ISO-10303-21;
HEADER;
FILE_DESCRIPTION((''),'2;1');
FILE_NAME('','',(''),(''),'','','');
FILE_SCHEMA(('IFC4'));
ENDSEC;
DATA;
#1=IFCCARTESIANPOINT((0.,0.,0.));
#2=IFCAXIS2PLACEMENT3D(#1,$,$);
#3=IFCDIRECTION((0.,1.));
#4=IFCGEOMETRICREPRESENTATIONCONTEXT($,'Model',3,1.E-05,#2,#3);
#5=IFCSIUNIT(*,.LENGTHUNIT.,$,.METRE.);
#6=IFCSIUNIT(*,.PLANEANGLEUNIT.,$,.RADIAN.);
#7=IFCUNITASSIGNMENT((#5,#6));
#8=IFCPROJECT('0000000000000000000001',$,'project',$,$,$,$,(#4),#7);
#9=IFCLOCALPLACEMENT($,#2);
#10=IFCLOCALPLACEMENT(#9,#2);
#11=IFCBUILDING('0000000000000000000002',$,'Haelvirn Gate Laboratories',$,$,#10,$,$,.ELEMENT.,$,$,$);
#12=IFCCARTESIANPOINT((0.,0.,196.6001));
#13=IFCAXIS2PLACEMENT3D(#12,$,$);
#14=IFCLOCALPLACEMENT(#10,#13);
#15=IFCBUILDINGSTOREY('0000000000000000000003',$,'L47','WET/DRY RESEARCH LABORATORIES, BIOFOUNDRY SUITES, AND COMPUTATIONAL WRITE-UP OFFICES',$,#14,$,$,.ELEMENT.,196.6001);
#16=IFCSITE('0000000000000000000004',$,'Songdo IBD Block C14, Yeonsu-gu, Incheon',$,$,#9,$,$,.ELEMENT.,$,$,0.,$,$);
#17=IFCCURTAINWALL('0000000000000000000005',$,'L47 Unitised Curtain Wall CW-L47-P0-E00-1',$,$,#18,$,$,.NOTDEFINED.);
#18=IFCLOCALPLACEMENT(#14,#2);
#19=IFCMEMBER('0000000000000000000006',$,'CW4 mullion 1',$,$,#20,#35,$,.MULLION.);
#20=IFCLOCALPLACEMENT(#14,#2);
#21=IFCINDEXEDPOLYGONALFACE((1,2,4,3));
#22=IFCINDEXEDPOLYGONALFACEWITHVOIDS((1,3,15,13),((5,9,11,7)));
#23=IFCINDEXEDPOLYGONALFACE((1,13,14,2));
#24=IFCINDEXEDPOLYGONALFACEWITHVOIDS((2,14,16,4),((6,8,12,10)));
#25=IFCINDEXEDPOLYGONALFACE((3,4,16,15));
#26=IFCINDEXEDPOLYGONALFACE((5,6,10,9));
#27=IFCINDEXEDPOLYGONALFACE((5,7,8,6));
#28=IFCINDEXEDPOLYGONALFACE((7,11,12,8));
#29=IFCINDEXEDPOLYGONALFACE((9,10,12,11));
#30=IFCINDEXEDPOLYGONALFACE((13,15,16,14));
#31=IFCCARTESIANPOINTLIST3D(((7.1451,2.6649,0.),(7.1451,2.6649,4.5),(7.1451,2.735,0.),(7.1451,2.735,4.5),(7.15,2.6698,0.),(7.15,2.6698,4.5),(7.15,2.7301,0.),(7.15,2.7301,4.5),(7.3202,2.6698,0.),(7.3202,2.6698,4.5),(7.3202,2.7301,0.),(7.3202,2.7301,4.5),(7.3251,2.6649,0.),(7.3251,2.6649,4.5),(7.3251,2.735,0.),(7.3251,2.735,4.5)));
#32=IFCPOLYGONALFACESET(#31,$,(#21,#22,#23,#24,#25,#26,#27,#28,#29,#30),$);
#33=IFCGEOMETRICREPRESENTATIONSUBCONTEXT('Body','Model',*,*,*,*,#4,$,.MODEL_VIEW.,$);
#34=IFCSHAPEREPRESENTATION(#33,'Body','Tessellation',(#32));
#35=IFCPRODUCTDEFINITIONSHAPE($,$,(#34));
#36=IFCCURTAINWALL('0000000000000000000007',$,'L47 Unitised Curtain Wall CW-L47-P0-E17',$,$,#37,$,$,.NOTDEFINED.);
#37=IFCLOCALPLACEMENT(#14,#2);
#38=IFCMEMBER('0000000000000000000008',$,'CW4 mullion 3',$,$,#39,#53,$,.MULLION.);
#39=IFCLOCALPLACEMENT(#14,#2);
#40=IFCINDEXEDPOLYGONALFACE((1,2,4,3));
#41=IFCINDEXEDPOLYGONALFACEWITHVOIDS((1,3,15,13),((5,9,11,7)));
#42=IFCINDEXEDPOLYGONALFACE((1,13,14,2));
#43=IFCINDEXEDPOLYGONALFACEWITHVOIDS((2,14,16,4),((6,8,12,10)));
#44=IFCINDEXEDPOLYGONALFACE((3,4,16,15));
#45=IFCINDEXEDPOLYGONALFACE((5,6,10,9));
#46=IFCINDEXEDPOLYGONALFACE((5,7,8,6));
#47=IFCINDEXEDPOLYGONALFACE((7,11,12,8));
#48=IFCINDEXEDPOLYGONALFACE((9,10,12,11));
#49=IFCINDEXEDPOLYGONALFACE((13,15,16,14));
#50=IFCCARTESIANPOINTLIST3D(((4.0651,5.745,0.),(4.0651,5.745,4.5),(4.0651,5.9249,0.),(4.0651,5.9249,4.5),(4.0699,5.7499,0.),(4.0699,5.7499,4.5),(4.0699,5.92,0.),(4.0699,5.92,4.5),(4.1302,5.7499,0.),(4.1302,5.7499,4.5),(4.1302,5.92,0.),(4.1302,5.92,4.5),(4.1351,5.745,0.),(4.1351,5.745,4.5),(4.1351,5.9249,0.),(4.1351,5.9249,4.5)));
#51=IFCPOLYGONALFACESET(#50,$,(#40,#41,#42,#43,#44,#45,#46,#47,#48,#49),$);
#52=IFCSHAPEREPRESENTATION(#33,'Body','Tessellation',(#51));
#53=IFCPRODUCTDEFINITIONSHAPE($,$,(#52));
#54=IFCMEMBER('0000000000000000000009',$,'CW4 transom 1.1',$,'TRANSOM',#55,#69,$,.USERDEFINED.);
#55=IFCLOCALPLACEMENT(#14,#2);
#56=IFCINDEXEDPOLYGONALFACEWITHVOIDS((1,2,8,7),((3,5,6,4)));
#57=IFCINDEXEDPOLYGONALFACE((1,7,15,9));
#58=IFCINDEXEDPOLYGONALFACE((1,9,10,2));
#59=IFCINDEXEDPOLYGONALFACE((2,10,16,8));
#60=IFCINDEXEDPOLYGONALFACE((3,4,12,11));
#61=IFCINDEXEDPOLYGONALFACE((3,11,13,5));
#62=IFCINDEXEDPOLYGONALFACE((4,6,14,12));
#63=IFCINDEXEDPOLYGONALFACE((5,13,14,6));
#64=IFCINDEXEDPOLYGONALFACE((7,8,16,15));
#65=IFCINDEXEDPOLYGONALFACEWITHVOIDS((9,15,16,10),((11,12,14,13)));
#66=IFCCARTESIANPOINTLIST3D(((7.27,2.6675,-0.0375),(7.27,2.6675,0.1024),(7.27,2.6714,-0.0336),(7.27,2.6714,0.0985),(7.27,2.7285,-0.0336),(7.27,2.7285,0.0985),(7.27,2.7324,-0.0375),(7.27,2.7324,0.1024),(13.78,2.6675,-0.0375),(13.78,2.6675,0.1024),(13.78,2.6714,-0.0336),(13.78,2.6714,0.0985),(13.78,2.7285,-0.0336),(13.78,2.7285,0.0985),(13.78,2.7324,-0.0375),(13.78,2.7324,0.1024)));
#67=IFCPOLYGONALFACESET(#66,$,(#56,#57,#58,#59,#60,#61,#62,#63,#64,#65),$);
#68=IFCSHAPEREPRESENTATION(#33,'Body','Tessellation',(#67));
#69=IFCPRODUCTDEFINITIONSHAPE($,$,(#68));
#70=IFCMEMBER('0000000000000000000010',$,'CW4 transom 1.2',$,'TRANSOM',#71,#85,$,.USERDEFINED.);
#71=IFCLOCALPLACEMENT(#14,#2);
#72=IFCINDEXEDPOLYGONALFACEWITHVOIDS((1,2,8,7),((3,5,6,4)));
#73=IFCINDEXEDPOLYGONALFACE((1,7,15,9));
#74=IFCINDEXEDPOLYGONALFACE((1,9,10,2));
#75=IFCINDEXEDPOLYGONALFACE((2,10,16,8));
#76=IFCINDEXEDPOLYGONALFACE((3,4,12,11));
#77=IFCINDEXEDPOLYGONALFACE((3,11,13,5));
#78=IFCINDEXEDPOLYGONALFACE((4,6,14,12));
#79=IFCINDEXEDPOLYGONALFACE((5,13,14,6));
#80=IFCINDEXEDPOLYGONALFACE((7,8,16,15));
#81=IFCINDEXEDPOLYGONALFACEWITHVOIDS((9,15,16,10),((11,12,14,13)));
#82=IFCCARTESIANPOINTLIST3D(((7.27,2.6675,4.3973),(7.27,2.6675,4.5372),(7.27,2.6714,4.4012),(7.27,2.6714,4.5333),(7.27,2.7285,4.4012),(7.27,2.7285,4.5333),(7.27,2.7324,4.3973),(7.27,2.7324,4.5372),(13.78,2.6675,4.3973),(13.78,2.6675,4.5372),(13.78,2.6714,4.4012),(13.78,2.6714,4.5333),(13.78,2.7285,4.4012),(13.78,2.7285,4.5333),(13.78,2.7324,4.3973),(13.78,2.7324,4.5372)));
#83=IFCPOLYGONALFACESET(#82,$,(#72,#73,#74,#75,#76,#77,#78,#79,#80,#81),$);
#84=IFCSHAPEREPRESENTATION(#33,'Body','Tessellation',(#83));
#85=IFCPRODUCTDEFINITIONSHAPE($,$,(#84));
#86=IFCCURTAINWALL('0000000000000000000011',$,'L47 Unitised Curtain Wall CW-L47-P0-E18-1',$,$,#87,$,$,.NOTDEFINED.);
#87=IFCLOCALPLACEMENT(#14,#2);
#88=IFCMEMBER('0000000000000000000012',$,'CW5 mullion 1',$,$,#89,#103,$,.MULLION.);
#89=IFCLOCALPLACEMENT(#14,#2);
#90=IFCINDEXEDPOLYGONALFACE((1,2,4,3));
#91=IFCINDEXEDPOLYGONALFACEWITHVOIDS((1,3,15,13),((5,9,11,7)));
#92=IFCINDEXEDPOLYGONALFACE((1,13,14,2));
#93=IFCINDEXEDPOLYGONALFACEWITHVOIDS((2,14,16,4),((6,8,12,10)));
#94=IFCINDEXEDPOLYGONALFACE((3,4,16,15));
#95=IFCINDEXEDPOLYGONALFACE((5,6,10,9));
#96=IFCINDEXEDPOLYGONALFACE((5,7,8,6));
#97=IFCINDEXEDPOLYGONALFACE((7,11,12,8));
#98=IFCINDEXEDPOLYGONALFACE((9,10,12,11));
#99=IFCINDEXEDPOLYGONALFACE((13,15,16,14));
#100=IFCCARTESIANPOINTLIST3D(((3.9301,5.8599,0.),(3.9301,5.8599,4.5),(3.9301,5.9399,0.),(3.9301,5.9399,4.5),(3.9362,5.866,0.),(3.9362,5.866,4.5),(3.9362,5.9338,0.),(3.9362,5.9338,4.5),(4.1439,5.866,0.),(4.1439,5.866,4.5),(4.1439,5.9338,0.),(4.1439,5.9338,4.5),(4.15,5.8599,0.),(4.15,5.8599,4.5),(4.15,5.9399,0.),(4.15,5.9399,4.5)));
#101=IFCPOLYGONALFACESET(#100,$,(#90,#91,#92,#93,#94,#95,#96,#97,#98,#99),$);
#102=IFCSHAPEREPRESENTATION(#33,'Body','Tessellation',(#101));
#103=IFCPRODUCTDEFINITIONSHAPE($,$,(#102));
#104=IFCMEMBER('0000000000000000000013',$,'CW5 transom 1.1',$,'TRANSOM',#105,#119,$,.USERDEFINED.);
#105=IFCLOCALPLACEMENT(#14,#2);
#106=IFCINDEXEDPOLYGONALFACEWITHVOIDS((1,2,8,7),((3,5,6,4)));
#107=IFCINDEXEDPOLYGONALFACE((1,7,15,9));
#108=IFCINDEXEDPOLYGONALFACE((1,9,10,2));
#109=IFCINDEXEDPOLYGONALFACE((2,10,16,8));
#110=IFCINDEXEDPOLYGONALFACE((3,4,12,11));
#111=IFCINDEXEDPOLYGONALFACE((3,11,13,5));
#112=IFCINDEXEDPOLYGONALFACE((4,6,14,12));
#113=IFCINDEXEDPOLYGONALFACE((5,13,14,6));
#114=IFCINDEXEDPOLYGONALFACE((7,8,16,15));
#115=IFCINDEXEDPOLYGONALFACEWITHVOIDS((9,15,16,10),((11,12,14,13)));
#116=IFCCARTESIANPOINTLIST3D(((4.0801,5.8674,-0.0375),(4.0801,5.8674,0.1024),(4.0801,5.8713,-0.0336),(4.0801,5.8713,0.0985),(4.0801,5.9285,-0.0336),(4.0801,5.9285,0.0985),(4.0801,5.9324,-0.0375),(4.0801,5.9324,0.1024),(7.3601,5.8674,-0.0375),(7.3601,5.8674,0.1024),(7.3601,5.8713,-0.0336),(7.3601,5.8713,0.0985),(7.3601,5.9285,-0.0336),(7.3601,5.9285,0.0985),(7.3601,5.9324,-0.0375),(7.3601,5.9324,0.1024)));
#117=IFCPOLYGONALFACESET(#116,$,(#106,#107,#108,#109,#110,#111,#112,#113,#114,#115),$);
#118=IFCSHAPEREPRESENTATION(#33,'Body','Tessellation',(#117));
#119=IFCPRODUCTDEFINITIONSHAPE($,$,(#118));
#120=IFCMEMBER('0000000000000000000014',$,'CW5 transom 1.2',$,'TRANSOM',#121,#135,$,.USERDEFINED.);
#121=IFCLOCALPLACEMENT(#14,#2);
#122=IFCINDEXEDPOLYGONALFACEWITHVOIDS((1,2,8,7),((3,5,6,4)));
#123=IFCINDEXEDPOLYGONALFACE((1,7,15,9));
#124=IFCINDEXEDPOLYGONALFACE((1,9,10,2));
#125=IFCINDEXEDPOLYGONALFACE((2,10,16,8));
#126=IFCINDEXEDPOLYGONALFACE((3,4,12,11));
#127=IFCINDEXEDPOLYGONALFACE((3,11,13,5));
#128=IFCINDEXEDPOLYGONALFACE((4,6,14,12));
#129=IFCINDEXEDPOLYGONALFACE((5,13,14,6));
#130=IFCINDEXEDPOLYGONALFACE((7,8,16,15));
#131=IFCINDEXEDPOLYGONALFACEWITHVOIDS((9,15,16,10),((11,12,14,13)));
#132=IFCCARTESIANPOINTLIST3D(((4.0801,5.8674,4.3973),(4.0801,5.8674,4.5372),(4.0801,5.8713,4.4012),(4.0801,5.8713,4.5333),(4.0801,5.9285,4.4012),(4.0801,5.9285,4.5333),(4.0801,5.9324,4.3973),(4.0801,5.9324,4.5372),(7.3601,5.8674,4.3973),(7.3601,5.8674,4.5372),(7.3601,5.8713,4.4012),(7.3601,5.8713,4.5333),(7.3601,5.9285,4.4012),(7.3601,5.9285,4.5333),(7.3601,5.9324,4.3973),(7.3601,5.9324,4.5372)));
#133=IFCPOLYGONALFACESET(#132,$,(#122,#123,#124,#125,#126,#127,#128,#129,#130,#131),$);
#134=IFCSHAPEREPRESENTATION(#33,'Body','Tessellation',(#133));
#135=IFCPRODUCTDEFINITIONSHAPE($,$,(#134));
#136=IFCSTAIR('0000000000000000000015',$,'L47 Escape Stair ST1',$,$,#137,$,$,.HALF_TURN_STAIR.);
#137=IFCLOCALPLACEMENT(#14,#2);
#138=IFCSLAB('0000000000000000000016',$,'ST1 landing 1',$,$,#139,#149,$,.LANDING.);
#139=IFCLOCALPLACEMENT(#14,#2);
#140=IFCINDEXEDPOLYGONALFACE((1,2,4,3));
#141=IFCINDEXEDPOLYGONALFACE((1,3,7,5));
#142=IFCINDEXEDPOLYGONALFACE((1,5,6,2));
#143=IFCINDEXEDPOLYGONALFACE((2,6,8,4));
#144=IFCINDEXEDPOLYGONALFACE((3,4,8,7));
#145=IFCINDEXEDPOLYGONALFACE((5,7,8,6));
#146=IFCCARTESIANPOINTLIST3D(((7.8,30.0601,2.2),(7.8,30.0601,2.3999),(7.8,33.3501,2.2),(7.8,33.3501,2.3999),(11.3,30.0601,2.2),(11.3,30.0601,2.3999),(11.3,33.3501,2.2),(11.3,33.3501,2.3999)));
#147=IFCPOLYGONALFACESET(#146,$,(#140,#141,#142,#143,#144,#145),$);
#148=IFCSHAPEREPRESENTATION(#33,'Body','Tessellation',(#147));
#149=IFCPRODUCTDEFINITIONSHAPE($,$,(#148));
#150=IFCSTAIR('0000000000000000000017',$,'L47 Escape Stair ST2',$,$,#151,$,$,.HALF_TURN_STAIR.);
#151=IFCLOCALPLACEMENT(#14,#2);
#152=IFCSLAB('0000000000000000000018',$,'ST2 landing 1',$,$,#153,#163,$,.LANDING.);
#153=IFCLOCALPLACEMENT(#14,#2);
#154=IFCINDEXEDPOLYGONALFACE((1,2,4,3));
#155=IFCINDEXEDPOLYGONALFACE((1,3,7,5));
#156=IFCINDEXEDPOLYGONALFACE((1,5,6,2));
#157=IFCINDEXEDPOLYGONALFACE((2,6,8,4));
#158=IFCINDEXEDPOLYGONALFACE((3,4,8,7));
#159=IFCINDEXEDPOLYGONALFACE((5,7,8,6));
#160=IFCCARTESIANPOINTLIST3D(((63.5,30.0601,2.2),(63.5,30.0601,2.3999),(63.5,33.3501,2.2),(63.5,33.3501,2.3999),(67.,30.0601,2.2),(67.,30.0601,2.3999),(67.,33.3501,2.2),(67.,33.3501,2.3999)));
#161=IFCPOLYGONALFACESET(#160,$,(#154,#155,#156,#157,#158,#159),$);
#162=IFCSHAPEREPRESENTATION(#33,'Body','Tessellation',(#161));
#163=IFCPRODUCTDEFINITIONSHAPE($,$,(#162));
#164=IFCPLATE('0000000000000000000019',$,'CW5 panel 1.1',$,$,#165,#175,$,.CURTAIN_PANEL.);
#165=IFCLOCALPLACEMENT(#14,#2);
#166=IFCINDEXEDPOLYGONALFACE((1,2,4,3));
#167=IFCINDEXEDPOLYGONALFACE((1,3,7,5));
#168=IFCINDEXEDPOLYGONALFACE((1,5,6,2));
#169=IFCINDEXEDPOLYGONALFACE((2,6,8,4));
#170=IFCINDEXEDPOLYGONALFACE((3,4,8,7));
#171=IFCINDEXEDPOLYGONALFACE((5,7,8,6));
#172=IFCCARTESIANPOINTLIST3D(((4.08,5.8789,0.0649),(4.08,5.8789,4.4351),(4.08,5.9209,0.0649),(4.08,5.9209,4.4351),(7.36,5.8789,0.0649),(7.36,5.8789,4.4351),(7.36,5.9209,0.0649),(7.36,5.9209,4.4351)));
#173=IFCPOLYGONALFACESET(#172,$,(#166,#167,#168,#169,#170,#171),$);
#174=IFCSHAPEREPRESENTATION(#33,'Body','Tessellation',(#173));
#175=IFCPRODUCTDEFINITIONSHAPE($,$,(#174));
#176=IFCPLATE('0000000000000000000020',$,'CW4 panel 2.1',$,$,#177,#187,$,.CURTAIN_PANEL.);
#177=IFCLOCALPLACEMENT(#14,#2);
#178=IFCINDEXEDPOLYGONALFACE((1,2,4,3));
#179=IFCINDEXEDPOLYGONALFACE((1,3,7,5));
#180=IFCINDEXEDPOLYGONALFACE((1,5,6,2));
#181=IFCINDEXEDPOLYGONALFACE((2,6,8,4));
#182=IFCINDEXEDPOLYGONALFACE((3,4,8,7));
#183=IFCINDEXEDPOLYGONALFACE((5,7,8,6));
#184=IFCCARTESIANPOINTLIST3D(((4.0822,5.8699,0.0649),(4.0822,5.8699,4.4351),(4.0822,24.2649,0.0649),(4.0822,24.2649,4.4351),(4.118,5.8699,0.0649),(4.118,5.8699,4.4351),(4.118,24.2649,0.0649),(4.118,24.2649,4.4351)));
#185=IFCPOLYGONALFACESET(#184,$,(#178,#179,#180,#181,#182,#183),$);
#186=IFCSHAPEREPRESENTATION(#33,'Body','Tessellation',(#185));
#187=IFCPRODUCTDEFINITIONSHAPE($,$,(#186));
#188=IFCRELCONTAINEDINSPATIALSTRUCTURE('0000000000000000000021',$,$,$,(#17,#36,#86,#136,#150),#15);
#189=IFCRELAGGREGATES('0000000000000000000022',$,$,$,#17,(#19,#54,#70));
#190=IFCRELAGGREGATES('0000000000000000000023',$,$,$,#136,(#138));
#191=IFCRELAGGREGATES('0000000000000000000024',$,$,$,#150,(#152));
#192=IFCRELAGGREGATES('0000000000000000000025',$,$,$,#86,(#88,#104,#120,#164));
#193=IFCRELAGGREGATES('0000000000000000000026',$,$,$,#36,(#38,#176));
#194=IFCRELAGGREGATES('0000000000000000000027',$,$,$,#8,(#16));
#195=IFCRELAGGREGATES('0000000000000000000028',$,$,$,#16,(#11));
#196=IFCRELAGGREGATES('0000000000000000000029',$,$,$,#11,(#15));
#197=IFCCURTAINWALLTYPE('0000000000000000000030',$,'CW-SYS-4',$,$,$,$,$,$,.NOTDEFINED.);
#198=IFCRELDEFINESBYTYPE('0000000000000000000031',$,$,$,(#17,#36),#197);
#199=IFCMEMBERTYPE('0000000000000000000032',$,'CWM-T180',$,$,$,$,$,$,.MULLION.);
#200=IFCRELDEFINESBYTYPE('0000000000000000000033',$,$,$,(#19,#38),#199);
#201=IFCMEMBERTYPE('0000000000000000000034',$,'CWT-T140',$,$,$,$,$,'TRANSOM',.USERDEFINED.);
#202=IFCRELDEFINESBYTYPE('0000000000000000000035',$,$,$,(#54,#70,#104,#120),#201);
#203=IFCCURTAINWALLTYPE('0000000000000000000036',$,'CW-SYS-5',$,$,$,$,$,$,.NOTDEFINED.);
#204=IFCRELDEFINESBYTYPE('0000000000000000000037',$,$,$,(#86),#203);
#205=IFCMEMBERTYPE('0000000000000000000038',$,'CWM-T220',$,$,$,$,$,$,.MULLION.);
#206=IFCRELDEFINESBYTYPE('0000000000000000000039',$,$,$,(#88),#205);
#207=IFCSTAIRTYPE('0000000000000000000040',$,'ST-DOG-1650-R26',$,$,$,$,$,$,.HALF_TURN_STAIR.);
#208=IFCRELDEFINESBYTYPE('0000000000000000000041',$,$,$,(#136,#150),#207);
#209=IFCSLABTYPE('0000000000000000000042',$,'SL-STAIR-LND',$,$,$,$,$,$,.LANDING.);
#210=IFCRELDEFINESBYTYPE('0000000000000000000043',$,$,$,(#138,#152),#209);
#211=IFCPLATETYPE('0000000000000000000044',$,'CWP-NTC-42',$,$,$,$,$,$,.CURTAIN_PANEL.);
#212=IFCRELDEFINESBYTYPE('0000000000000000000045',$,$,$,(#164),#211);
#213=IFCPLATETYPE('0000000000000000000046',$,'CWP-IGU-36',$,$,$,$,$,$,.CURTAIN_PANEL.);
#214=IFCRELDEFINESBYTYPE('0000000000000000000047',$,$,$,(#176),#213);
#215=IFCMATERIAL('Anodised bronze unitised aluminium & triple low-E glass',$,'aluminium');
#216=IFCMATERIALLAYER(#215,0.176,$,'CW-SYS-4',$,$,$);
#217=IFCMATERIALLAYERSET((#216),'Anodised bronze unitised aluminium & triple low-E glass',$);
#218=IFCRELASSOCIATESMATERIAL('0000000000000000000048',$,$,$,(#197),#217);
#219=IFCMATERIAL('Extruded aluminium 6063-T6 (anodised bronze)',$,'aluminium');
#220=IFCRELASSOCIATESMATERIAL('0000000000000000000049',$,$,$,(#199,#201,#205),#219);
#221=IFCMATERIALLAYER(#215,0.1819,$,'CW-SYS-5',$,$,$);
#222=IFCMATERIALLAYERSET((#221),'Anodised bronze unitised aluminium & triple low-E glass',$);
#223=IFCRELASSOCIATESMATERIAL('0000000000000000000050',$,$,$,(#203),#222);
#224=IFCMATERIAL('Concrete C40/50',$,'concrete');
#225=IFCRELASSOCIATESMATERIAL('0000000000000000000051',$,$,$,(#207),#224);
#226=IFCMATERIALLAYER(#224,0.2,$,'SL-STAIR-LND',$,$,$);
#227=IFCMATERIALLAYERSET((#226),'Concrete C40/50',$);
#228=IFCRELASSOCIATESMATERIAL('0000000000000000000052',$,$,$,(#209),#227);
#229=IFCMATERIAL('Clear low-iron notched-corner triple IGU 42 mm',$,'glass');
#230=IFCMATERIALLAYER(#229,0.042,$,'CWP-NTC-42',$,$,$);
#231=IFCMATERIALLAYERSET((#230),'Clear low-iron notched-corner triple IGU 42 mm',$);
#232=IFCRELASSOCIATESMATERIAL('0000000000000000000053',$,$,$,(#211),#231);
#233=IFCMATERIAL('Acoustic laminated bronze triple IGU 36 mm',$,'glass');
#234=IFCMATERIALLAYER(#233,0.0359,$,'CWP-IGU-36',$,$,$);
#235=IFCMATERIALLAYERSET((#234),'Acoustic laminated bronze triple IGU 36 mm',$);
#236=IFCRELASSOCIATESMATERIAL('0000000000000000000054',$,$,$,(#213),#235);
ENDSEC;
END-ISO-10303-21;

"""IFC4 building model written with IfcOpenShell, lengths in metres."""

from ifc_helpers import new_model, si_unit, direction, frame, origin, origin_2d, place, context, subcontext, project, spatial, polyline, rectangle, hollow_rectangle, outline, extrude, source, transform, mapped, material, layer, layer_set, material_profile, profile_set, type_object, type_shapes, element, aggregate, save


model = new_model("IFC4")

# Units and contexts
model_context = context("Model", 3, precision=1e-05, world=origin(), true_north=direction((0.0, 1.0)))
body_context = subcontext(model_context, "Body", "Model", "MODEL_VIEW")
ifc_project = project(units=[si_unit("LENGTHUNIT", "METRE"), si_unit("PLANEANGLEUNIT", "RADIAN")], contexts=[model_context])

# Site, building, storey
site_placement = place(None, origin())
site = spatial("IfcSite", under=ifc_project, at=site_placement, Name="Songdo IBD Block C14, Yeonsu-gu, Incheon", CompositionType="ELEMENT", RefElevation=0.0)
building_placement = place(site_placement, origin())
building = spatial("IfcBuilding", under=site, at=building_placement, Name="Haelvirn Gate Laboratories", CompositionType="ELEMENT")
storey_placement = place(building_placement, frame((0.0, 0.0, 196.6001)))
storey = spatial("IfcBuildingStorey", under=building, at=storey_placement, Name="L47", Description="WET/DRY RESEARCH LABORATORIES, BIOFOUNDRY SUITES, AND COMPUTATIONAL WRITE-UP OFFICES", CompositionType="ELEMENT", Elevation=196.6001)

# Curtain walls, members
ifc_material_1 = material(Name="Anodised bronze unitised aluminium & triple low-E glass", Category="aluminium")
ifc_layer_1 = layer(ifc_material_1, 0.176, Name="CW-SYS-4")
ifc_layer_set_1 = layer_set([ifc_layer_1], Name="Anodised bronze unitised aluminium & triple low-E glass")
curtain_wall_type_1 = type_object("IfcCurtainWallType", Name="CW-SYS-4", PredefinedType="NOTDEFINED", material=ifc_layer_set_1)
curtain_wall_1_placement = place(storey_placement, origin())
curtain_wall_1 = element("IfcCurtainWall", 1, at=curtain_wall_1_placement, inside=storey, type_object=curtain_wall_type_1, Name="L47 Unitised Curtain Wall CW-L47-P0-E00-1", PredefinedType="NOTDEFINED")
ifc_material_2 = material(Name="Extruded aluminium 6063-T6 (anodised bronze)", Category="aluminium")
ifc_material_profile_1 = material_profile(ifc_material_2, hollow_rectangle(XDim=0.0701, YDim=0.1799, WallThickness=0.0049, at=origin_2d()), Name="CWM-180x70x5")
ifc_profile_set_1 = profile_set([ifc_material_profile_1], Name="Extruded aluminium 6063-T6 (anodised bronze)")
member_type_1 = type_object("IfcMemberType", Name="CWM-T180", PredefinedType="MULLION", material=ifc_profile_set_1)
shared_shape_1 = source(origin(), body_context, "Body", "SweptSolid", [
    extrude(hollow_rectangle(XDim=0.0701, YDim=0.1799, WallThickness=0.0049, at=origin_2d()), origin(), (0.0, 0.0, 1.0), 4.5),
])
type_shapes(member_type_1, [shared_shape_1])
member_1_placement = place(storey_placement, frame((7.2351, 2.7, 0.0), z_axis=(0.0, 0.0, 1.0), x_axis=(0.0, 1.0, 0.0)))
member_1 = element("IfcMember", 2, at=member_1_placement, type_object=member_type_1, Name="CW4 mullion 1", PredefinedType="MULLION", context=body_context, shape_type="MappedRepresentation", body=[
    mapped(shared_shape_1, transform((0.0, 0.0, 0.0), scale=1.0)),
])
curtain_wall_2_placement = place(storey_placement, origin())
curtain_wall_2 = element("IfcCurtainWall", 3, at=curtain_wall_2_placement, inside=storey, type_object=curtain_wall_type_1, Name="L47 Unitised Curtain Wall CW-L47-P0-E17", PredefinedType="NOTDEFINED")
member_2_placement = place(storey_placement, frame((4.1001, 5.835, 0.0), z_axis=(0.0, 0.0, 1.0), x_axis=(1.0, 0.0, 0.0)))
member_2 = element("IfcMember", 4, at=member_2_placement, type_object=member_type_1, Name="CW4 mullion 3", PredefinedType="MULLION", context=body_context, shape_type="MappedRepresentation", body=[
    mapped(shared_shape_1, transform((0.0, 0.0, 0.0), scale=1.0)),
])

# Members
ifc_material_profile_2 = material_profile(ifc_material_2, hollow_rectangle(XDim=0.0649, YDim=0.1399, WallThickness=0.0039, at=origin_2d()), Name="CWT-140x65x4")
ifc_profile_set_2 = profile_set([ifc_material_profile_2], Name="Extruded aluminium 6063-T6 (anodised bronze)")
member_type_2 = type_object("IfcMemberType", Name="CWT-T140", ElementType="TRANSOM", PredefinedType="USERDEFINED", material=ifc_profile_set_2)
shared_shape_2 = source(origin(), body_context, "Body", "SweptSolid", [
    extrude(hollow_rectangle(XDim=0.0649, YDim=0.1399, WallThickness=0.0039, at=origin_2d()), origin(), (0.0, 0.0, 1.0), 6.51),
])
member_3_placement = place(storey_placement, frame((7.27, 2.7, 0.0325), z_axis=(1.0, 0.0, 0.0), x_axis=(0.0, 1.0, 0.0)))
member_3 = element("IfcMember", 5, at=member_3_placement, type_object=member_type_2, Name="CW4 transom 1.1", ObjectType="TRANSOM", PredefinedType="USERDEFINED", context=body_context, shape_type="MappedRepresentation", body=[
    mapped(shared_shape_2, transform((0.0, 0.0, 0.0), scale=1.0)),
])
member_4_placement = place(storey_placement, frame((7.27, 2.7, 4.4673), z_axis=(1.0, 0.0, 0.0), x_axis=(0.0, 1.0, 0.0)))
member_4 = element("IfcMember", 6, at=member_4_placement, type_object=member_type_2, Name="CW4 transom 1.2", ObjectType="TRANSOM", PredefinedType="USERDEFINED", context=body_context, shape_type="MappedRepresentation", body=[
    mapped(shared_shape_2, transform((0.0, 0.0, 0.0), scale=1.0)),
])
aggregate(curtain_wall_1, [member_1, member_3, member_4])

# Curtain wall, members
ifc_layer_2 = layer(ifc_material_1, 0.1819, Name="CW-SYS-5")
ifc_layer_set_2 = layer_set([ifc_layer_2], Name="Anodised bronze unitised aluminium & triple low-E glass")
curtain_wall_type_2 = type_object("IfcCurtainWallType", Name="CW-SYS-5", PredefinedType="NOTDEFINED", material=ifc_layer_set_2)
curtain_wall_3_placement = place(storey_placement, origin())
curtain_wall_3 = element("IfcCurtainWall", 7, at=curtain_wall_3_placement, inside=storey, type_object=curtain_wall_type_2, Name="L47 Unitised Curtain Wall CW-L47-P0-E18-1", PredefinedType="NOTDEFINED")
ifc_material_profile_3 = material_profile(ifc_material_2, hollow_rectangle(XDim=0.0801, YDim=0.22, WallThickness=0.0061, at=origin_2d()), Name="CWM-220x80x6")
ifc_profile_set_3 = profile_set([ifc_material_profile_3], Name="Extruded aluminium 6063-T6 (anodised bronze)")
member_type_3 = type_object("IfcMemberType", Name="CWM-T220", PredefinedType="MULLION", material=ifc_profile_set_3)
shared_shape_3 = source(origin(), body_context, "Body", "SweptSolid", [
    extrude(hollow_rectangle(XDim=0.0801, YDim=0.22, WallThickness=0.0061, at=origin_2d()), origin(), (0.0, 0.0, 1.0), 4.5),
])
type_shapes(member_type_3, [shared_shape_3])
member_5_placement = place(storey_placement, frame((4.04, 5.8999, 0.0), z_axis=(0.0, 0.0, 1.0), x_axis=(0.0, 1.0, 0.0)))
member_5 = element("IfcMember", 8, at=member_5_placement, type_object=member_type_3, Name="CW5 mullion 1", PredefinedType="MULLION", context=body_context, shape_type="MappedRepresentation", body=[
    mapped(shared_shape_3, transform((0.0, 0.0, 0.0), scale=1.0)),
])
shared_shape_4 = source(origin(), body_context, "Body", "SweptSolid", [
    extrude(hollow_rectangle(XDim=0.0649, YDim=0.1399, WallThickness=0.0039, at=origin_2d()), origin(), (0.0, 0.0, 1.0), 3.28),
])
type_shapes(member_type_2, [shared_shape_2, shared_shape_4])
member_6_placement = place(storey_placement, frame((4.0801, 5.8999, 0.0325), z_axis=(1.0, 0.0, 0.0), x_axis=(0.0, 1.0, 0.0)))
member_6 = element("IfcMember", 9, at=member_6_placement, type_object=member_type_2, Name="CW5 transom 1.1", ObjectType="TRANSOM", PredefinedType="USERDEFINED", context=body_context, shape_type="MappedRepresentation", body=[
    mapped(shared_shape_4, transform((0.0, 0.0, 0.0), scale=1.0)),
])
member_7_placement = place(storey_placement, frame((4.0801, 5.8999, 4.4673), z_axis=(1.0, 0.0, 0.0), x_axis=(0.0, 1.0, 0.0)))
member_7 = element("IfcMember", 10, at=member_7_placement, type_object=member_type_2, Name="CW5 transom 1.2", ObjectType="TRANSOM", PredefinedType="USERDEFINED", context=body_context, shape_type="MappedRepresentation", body=[
    mapped(shared_shape_4, transform((0.0, 0.0, 0.0), scale=1.0)),
])

# Stairs, slabs
ifc_material_3 = material(Name="Concrete C40/50", Category="concrete")
stair_type = type_object("IfcStairType", Name="ST-DOG-1650-R26", PredefinedType="HALF_TURN_STAIR", material=ifc_material_3)
stair_1_placement = place(storey_placement, origin())
stair_1 = element("IfcStair", 11, at=stair_1_placement, inside=storey, type_object=stair_type, Name="L47 Escape Stair ST1", PredefinedType="HALF_TURN_STAIR")
ifc_layer_3 = layer(ifc_material_3, 0.2, Name="SL-STAIR-LND")
ifc_layer_set_3 = layer_set([ifc_layer_3], Name="Concrete C40/50")
slab_type = type_object("IfcSlabType", Name="SL-STAIR-LND", PredefinedType="LANDING", material=ifc_layer_set_3)
slab_1_placement = place(storey_placement, frame((0.0, 0.0, 2.2)))
slab_1 = element("IfcSlab", 12, at=slab_1_placement, type_object=slab_type, Name="ST1 landing 1", PredefinedType="LANDING", context=body_context, shape_type="SweptSolid", body=[
    extrude(outline(polyline([(11.3, 30.0601), (11.3, 33.3501), (7.8, 33.3501), (7.8, 30.0601), (11.3, 30.0601)])), origin(), (0.0, 0.0, 1.0), 0.2),
])
aggregate(stair_1, [slab_1])
stair_2_placement = place(storey_placement, origin())
stair_2 = element("IfcStair", 13, at=stair_2_placement, inside=storey, type_object=stair_type, Name="L47 Escape Stair ST2", PredefinedType="HALF_TURN_STAIR")
slab_2_placement = place(storey_placement, frame((0.0, 0.0, 2.2)))
slab_2 = element("IfcSlab", 14, at=slab_2_placement, type_object=slab_type, Name="ST2 landing 1", PredefinedType="LANDING", context=body_context, shape_type="SweptSolid", body=[
    extrude(outline(polyline([(67.0, 30.0601), (67.0, 33.3501), (63.5, 33.3501), (63.5, 30.0601), (67.0, 30.0601)])), origin(), (0.0, 0.0, 1.0), 0.2),
])
aggregate(stair_2, [slab_2])

# Plates
ifc_material_4 = material(Name="Clear low-iron notched-corner triple IGU 42 mm", Category="glass")
ifc_layer_4 = layer(ifc_material_4, 0.042, Name="CWP-NTC-42")
ifc_layer_set_4 = layer_set([ifc_layer_4], Name="Clear low-iron notched-corner triple IGU 42 mm")
plate_type_1 = type_object("IfcPlateType", Name="CWP-NTC-42", PredefinedType="CURTAIN_PANEL", material=ifc_layer_set_4)
shared_shape_5 = source(origin(), body_context, "Body", "SweptSolid", [
    extrude(rectangle(XDim=3.28, YDim=0.042, at=origin_2d()), origin(), (0.0, 0.0, 1.0), 4.3701),
])
type_shapes(plate_type_1, [shared_shape_5])
plate_1_placement = place(storey_placement, frame((5.72, 5.8999, 0.0649), z_axis=(0.0, 0.0, 1.0), x_axis=(1.0, 0.0, 0.0)))
plate_1 = element("IfcPlate", 15, at=plate_1_placement, type_object=plate_type_1, Name="CW5 panel 1.1", PredefinedType="CURTAIN_PANEL", context=body_context, shape_type="MappedRepresentation", body=[
    mapped(shared_shape_5, transform((0.0, 0.0, 0.0), scale=1.0)),
])
aggregate(curtain_wall_3, [member_5, member_6, member_7, plate_1])
ifc_material_5 = material(Name="Acoustic laminated bronze triple IGU 36 mm", Category="glass")
ifc_layer_5 = layer(ifc_material_5, 0.0359, Name="CWP-IGU-36")
ifc_layer_set_5 = layer_set([ifc_layer_5], Name="Acoustic laminated bronze triple IGU 36 mm")
plate_type_2 = type_object("IfcPlateType", Name="CWP-IGU-36", PredefinedType="CURTAIN_PANEL", material=ifc_layer_set_5)
shared_shape_6 = source(origin(), body_context, "Body", "SweptSolid", [
    extrude(rectangle(XDim=18.395, YDim=0.0359, at=origin_2d()), origin(), (0.0, 0.0, 1.0), 4.3701),
])
type_shapes(plate_type_2, [shared_shape_6])
plate_2_placement = place(storey_placement, frame((4.1001, 15.0674, 0.0649), z_axis=(0.0, 0.0, 1.0), x_axis=(0.0, -1.0, 0.0)))
plate_2 = element("IfcPlate", 16, at=plate_2_placement, type_object=plate_type_2, Name="CW4 panel 2.1", PredefinedType="CURTAIN_PANEL", context=body_context, shape_type="MappedRepresentation", body=[
    mapped(shared_shape_6, transform((0.0, 0.0, 0.0), scale=1.0)),
])
aggregate(curtain_wall_2, [member_2, plate_2])

save(model, "model.ifc")
